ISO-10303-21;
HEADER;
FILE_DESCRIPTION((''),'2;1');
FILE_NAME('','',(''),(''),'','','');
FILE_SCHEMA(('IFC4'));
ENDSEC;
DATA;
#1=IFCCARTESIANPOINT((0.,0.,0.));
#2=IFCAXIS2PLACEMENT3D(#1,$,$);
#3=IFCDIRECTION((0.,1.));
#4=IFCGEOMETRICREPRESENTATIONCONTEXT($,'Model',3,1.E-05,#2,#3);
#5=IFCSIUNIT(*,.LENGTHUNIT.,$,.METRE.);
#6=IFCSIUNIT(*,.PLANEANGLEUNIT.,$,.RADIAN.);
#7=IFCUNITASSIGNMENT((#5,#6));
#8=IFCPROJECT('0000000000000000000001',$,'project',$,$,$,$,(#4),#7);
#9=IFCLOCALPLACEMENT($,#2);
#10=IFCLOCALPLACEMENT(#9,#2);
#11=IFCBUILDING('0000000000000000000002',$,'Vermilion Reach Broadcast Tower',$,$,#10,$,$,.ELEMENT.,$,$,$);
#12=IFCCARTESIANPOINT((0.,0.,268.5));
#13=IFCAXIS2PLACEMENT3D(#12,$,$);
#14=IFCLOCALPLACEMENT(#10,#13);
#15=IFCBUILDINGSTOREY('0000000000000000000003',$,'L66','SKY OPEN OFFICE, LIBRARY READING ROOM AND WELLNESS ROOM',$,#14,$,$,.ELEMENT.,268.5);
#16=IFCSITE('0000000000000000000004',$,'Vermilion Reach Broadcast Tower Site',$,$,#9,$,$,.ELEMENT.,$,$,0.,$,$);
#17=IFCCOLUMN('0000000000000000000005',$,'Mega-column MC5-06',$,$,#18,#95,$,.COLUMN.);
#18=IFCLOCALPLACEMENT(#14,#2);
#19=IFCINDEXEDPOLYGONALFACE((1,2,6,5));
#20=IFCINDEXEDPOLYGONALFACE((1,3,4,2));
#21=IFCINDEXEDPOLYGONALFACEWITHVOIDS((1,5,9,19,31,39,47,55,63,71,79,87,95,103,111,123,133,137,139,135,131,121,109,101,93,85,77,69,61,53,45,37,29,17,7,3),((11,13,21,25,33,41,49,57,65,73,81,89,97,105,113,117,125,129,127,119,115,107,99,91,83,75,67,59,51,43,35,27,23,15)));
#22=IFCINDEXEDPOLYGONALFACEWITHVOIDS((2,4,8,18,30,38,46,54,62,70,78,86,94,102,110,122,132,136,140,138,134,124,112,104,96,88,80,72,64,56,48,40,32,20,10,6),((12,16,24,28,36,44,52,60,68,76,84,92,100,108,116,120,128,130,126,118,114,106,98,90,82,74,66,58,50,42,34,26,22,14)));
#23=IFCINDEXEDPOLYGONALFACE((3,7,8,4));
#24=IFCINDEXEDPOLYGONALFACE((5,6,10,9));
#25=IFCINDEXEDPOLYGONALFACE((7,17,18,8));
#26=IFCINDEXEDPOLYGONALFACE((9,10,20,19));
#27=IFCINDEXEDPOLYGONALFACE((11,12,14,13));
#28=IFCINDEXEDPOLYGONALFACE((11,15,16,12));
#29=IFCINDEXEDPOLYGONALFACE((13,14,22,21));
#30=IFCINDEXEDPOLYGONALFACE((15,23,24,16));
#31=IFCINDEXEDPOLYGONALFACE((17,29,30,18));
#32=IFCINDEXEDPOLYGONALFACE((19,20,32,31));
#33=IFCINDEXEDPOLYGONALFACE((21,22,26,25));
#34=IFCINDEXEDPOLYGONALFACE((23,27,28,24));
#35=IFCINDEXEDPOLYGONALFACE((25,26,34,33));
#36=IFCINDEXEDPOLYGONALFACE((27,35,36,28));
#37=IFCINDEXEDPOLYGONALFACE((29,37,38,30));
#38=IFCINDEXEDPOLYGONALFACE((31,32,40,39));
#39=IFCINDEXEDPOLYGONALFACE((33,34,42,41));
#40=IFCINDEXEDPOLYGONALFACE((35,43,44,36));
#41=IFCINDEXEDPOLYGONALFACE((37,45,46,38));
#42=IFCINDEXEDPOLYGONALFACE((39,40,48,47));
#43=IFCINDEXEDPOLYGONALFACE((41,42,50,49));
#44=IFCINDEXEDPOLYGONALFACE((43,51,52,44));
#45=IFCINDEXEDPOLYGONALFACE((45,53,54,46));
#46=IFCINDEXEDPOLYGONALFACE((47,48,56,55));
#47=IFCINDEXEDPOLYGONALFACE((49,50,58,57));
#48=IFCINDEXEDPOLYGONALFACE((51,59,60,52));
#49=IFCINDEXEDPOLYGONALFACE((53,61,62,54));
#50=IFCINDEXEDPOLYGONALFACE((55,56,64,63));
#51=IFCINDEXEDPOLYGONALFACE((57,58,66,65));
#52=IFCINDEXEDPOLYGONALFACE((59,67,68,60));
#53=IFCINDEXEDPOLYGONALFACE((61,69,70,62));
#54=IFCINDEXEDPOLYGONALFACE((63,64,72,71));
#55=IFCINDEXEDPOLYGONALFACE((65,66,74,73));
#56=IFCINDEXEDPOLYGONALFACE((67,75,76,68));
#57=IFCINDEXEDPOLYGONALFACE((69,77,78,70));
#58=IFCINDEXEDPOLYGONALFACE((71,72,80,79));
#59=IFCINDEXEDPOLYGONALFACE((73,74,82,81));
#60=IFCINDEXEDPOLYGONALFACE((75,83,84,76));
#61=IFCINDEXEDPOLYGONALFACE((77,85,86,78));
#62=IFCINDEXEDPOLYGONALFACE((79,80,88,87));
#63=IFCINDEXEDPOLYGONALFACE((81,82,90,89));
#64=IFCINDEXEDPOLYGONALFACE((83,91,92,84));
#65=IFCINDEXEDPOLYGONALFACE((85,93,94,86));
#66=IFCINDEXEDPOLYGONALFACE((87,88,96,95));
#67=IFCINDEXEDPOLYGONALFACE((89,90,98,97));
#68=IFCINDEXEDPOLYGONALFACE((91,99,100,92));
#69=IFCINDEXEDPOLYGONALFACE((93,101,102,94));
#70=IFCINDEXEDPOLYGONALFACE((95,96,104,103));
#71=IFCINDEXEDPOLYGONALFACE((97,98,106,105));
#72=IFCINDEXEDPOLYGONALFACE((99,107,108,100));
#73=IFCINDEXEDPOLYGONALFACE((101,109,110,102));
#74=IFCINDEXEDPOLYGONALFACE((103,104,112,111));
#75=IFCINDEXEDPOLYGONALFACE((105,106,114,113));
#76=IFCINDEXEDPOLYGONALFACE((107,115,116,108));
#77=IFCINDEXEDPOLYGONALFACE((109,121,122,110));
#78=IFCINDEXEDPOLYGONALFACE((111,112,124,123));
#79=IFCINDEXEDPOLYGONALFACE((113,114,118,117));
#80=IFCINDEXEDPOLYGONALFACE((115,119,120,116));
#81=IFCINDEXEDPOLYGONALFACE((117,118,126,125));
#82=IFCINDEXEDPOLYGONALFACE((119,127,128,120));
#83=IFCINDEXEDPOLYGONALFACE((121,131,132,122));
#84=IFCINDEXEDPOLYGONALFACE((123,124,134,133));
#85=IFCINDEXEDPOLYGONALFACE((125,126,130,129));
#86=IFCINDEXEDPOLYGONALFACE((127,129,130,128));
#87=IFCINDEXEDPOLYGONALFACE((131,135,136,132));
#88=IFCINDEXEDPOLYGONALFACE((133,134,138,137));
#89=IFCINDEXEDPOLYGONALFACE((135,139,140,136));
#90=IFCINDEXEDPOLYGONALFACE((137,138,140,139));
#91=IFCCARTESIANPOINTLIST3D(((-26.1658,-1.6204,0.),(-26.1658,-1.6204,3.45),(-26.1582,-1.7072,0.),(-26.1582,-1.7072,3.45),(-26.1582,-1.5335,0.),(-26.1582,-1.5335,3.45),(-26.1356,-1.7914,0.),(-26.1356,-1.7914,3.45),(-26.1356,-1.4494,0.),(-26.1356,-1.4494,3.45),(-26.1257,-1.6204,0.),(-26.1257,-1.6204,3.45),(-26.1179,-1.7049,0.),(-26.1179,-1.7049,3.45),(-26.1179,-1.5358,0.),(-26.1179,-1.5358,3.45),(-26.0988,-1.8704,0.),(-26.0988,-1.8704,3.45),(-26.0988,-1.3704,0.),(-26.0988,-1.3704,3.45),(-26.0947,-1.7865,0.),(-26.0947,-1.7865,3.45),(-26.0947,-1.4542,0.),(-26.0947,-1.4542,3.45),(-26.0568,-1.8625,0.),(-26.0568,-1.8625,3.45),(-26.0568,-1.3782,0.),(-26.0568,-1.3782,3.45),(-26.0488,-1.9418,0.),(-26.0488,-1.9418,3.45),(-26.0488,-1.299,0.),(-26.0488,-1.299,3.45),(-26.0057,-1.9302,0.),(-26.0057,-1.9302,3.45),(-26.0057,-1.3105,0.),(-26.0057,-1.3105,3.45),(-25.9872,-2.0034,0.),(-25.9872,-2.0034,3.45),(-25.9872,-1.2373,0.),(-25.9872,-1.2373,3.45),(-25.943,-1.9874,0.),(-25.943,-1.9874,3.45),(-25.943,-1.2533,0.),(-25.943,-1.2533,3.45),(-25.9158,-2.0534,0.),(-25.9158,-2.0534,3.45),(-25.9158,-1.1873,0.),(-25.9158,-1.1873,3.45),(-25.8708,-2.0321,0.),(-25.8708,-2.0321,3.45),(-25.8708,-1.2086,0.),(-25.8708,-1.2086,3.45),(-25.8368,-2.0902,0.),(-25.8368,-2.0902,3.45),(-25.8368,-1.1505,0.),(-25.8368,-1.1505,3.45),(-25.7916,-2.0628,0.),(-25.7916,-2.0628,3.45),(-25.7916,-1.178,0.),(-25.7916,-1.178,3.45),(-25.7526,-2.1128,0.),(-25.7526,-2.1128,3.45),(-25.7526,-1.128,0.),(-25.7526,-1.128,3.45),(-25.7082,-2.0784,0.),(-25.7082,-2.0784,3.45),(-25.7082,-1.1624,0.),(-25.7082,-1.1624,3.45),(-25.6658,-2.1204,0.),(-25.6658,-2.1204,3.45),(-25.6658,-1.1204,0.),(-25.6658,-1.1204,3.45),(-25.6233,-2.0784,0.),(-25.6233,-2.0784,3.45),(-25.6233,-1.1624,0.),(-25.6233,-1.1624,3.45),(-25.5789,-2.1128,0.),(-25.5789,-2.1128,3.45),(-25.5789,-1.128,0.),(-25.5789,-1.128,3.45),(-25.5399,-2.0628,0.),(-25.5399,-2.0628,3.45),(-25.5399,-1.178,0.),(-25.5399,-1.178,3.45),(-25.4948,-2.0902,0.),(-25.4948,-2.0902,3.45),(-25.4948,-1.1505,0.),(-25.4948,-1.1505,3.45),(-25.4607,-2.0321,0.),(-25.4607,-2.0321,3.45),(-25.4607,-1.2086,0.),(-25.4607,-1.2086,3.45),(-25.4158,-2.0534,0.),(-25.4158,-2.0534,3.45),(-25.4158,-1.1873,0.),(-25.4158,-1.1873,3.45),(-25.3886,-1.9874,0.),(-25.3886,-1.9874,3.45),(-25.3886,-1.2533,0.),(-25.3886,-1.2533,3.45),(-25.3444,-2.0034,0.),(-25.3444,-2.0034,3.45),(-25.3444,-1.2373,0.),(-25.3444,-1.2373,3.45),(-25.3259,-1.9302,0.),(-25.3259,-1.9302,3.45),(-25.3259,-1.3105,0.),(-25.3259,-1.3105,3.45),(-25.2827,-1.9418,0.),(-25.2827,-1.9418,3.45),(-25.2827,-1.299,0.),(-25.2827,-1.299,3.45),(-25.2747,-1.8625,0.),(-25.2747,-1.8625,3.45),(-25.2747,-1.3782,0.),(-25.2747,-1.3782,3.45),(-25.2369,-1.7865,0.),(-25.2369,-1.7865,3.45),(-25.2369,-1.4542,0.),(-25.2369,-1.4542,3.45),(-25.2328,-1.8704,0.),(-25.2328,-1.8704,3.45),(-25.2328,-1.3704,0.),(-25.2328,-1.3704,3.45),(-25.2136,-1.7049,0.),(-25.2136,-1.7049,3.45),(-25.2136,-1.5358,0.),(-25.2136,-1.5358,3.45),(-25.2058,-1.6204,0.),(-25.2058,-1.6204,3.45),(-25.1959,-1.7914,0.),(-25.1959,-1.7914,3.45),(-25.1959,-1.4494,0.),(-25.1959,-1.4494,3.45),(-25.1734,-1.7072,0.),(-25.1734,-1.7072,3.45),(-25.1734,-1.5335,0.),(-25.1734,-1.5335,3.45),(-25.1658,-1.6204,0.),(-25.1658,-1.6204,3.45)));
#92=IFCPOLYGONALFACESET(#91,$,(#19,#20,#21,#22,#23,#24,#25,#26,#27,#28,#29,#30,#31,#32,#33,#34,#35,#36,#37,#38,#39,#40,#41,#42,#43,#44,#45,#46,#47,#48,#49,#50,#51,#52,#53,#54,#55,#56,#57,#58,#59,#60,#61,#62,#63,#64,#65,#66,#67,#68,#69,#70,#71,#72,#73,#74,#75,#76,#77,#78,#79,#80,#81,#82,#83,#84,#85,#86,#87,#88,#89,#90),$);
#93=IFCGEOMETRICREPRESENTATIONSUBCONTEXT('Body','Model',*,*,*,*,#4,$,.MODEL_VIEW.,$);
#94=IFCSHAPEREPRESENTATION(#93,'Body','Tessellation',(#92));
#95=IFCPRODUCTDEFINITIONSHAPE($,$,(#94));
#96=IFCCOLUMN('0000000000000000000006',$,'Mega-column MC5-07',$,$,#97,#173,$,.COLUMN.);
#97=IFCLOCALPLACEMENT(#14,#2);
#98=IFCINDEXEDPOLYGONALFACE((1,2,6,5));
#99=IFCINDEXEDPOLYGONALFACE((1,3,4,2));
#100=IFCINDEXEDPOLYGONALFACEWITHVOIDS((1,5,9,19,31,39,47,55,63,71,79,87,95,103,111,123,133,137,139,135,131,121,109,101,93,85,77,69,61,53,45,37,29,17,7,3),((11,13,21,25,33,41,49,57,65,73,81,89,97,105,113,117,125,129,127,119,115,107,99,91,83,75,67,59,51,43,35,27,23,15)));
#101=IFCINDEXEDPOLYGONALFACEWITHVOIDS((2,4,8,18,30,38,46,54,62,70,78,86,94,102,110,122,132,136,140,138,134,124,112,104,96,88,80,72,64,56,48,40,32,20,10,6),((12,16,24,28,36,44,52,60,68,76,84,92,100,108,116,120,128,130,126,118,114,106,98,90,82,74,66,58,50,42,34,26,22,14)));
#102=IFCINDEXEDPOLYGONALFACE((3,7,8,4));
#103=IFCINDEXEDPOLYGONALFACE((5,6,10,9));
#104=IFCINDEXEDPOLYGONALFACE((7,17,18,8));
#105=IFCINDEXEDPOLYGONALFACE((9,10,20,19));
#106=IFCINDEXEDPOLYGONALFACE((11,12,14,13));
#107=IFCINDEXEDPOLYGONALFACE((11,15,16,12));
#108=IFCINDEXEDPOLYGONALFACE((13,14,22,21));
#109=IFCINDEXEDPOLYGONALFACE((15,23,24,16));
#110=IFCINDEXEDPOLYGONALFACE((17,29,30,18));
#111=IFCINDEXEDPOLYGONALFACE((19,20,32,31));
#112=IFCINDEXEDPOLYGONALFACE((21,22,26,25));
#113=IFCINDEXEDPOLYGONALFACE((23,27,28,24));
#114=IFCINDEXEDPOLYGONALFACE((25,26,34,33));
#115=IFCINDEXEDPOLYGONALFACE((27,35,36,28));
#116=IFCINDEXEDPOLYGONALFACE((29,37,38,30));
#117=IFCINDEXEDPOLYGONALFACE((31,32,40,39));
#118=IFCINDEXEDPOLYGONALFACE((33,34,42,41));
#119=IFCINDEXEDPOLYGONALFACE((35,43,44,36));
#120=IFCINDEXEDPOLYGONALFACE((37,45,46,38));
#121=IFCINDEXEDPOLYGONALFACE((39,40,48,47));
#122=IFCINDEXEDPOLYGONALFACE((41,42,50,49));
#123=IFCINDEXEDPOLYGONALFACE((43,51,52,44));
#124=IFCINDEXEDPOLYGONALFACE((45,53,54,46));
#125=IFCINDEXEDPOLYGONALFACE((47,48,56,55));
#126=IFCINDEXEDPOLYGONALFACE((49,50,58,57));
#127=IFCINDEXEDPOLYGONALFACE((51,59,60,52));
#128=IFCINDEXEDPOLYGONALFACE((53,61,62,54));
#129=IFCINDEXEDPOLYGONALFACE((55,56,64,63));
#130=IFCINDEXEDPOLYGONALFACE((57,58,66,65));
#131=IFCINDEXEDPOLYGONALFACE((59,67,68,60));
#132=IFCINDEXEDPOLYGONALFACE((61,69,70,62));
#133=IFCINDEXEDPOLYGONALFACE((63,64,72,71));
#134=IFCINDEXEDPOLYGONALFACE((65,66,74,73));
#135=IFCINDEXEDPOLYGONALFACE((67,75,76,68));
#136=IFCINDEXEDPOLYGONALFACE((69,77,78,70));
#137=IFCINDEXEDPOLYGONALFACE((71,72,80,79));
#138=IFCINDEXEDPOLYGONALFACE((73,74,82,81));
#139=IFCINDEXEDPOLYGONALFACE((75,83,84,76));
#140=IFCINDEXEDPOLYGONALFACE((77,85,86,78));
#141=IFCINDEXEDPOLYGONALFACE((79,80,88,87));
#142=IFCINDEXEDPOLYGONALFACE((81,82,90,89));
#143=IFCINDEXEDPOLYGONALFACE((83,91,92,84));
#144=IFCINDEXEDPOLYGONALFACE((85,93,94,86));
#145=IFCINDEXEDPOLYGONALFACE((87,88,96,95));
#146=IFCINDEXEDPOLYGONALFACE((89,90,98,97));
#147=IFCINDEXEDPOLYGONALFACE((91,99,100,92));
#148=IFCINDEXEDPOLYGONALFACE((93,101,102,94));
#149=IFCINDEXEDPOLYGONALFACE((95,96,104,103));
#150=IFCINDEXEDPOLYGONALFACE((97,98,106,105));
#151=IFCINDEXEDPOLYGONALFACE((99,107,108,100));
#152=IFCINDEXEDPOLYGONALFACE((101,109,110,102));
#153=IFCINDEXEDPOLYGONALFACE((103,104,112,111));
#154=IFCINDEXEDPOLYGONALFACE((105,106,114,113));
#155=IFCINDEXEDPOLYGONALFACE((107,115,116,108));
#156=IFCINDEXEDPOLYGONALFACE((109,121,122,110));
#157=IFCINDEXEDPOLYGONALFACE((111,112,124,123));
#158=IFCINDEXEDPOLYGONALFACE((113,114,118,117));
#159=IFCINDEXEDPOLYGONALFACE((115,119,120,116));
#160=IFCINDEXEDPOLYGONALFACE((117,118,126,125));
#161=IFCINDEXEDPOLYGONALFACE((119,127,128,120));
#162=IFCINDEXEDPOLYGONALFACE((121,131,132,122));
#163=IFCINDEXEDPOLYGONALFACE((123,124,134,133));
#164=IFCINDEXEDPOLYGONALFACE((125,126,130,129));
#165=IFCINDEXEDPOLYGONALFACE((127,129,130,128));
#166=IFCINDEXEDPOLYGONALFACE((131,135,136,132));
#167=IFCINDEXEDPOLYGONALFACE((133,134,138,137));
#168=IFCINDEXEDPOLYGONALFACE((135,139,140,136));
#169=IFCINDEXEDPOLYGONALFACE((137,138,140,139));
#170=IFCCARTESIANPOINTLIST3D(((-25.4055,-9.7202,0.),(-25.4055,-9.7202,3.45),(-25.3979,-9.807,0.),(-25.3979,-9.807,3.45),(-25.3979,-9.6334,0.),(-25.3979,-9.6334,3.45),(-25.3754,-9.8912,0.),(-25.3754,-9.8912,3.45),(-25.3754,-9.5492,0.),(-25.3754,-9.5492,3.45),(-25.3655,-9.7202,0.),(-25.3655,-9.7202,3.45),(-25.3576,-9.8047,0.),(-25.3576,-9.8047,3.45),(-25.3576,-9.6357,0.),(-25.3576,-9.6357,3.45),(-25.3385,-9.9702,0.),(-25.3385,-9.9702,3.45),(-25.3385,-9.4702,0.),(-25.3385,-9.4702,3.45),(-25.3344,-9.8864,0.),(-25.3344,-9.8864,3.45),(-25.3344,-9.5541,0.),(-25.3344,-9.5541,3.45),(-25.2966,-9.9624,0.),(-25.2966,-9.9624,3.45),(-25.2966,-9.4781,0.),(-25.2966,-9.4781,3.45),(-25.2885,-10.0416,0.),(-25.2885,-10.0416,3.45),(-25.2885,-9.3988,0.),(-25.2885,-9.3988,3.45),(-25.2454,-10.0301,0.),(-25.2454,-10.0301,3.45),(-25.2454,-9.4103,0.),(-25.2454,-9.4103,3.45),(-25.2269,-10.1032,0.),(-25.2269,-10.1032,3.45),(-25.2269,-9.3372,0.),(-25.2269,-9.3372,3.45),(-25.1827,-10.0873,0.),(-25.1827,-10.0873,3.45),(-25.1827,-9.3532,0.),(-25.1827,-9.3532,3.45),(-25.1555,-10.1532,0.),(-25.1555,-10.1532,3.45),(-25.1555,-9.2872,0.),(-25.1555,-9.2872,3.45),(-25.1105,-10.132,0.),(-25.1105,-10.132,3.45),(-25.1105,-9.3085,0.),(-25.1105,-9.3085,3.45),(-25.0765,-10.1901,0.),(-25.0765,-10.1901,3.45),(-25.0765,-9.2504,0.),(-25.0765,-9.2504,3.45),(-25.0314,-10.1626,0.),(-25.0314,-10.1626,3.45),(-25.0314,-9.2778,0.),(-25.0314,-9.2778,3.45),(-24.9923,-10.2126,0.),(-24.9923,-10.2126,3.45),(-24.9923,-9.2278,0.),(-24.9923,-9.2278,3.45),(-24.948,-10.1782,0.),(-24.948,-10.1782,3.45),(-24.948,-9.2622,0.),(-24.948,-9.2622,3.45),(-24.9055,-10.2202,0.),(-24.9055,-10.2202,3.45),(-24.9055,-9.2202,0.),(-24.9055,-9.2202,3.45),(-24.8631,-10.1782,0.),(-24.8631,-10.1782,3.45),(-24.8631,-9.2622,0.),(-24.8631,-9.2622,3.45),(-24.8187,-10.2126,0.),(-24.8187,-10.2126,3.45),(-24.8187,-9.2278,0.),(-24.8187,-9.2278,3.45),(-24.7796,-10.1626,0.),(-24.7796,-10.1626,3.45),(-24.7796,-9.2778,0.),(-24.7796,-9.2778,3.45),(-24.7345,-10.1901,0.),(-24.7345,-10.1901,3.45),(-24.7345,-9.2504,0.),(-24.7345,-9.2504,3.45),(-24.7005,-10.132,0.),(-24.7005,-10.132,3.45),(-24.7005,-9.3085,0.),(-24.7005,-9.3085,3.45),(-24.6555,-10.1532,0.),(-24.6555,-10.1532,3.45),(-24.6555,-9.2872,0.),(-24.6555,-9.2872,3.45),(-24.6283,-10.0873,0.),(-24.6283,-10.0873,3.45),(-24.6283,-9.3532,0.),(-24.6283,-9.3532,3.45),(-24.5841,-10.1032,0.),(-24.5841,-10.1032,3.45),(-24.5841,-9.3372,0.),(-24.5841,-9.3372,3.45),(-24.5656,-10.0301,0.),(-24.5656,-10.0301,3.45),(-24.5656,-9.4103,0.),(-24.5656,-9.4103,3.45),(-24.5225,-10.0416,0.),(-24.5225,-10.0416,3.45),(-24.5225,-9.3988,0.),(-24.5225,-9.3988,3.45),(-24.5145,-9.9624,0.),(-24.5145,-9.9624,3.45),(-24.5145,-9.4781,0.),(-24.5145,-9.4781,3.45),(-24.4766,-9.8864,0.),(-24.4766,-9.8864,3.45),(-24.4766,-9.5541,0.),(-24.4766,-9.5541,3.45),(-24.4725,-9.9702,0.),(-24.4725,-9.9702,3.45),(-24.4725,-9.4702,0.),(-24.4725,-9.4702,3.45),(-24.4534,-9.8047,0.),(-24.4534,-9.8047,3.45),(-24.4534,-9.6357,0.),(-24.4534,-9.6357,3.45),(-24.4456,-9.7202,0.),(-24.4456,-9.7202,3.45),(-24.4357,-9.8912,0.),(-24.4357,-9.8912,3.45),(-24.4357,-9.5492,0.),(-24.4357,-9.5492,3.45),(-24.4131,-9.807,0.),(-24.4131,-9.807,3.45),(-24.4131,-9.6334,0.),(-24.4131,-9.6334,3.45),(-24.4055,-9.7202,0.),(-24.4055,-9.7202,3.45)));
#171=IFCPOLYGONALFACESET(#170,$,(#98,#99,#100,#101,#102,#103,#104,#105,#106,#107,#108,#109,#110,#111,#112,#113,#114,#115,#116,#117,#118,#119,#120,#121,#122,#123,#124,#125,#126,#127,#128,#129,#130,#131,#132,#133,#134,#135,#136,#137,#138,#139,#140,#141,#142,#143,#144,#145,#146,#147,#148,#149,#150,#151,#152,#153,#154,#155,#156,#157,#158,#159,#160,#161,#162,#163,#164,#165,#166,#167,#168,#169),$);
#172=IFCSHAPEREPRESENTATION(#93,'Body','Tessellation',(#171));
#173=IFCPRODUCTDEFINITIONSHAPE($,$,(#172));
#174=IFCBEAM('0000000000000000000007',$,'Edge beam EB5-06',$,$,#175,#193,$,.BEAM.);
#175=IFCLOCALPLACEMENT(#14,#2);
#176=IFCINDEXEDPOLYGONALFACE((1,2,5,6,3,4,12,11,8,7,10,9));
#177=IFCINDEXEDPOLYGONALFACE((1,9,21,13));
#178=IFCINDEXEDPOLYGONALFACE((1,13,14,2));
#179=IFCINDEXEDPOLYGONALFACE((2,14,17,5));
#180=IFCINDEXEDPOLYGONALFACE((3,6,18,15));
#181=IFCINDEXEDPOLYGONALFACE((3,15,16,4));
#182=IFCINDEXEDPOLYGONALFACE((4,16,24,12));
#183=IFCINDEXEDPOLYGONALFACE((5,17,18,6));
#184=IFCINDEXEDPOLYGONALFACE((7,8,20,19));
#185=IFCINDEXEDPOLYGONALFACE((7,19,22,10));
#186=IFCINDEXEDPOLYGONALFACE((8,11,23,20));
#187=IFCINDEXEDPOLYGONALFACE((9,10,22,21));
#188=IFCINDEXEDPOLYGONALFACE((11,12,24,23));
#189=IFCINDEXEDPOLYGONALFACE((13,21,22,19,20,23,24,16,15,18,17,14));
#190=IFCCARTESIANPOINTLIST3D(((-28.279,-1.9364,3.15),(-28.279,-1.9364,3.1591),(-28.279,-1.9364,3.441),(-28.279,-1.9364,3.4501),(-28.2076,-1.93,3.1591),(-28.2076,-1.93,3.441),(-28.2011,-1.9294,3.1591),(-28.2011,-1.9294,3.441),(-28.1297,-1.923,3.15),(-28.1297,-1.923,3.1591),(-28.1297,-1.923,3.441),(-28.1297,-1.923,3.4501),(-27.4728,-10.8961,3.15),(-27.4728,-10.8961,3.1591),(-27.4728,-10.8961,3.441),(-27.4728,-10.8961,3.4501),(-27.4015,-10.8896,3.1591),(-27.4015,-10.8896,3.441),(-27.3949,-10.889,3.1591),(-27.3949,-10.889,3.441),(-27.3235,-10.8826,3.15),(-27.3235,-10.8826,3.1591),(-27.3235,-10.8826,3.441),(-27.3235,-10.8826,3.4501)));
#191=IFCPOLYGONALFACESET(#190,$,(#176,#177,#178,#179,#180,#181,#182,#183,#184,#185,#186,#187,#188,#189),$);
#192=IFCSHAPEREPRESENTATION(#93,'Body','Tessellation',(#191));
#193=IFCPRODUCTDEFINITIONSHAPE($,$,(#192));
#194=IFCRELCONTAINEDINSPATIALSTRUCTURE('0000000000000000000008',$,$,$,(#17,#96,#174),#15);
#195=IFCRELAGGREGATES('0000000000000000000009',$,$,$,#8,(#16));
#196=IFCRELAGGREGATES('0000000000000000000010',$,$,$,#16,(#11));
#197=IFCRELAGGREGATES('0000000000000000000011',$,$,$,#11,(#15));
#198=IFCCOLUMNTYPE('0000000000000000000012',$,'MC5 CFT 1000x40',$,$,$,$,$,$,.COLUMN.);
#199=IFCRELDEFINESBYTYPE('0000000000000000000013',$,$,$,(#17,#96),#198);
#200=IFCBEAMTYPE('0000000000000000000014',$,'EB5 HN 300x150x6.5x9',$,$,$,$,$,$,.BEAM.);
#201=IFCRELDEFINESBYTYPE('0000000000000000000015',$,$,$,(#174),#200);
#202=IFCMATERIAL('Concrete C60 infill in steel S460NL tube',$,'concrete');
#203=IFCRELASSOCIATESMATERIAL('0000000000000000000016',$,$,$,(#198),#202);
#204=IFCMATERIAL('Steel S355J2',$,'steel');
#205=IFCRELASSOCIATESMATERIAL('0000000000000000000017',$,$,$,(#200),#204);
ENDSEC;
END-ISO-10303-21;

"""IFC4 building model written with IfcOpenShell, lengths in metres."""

from ifc_helpers import new_model, si_unit, direction, frame, origin, origin_2d, place, context, subcontext, project, spatial, hollow_circle, i_section, extrude, material, material_profile, profile_set, type_object, element, save


model = new_model("IFC4")

# Units and contexts
model_context = context("Model", 3, precision=1e-05, world=origin(), true_north=direction((0.0, 1.0)))
body_context = subcontext(model_context, "Body", "Model", "MODEL_VIEW")
ifc_project = project(units=[si_unit("LENGTHUNIT", "METRE"), si_unit("PLANEANGLEUNIT", "RADIAN")], contexts=[model_context])

# Site, building, storey
site_placement = place(None, origin())
site = spatial("IfcSite", under=ifc_project, at=site_placement, Name="Vermilion Reach Broadcast Tower Site", CompositionType="ELEMENT", RefElevation=0.0)
building_placement = place(site_placement, origin())
building = spatial("IfcBuilding", under=site, at=building_placement, Name="Vermilion Reach Broadcast Tower", CompositionType="ELEMENT")
storey_placement = place(building_placement, frame((0.0, 0.0, 268.5)))
storey = spatial("IfcBuildingStorey", under=building, at=storey_placement, Name="L66", Description="SKY OPEN OFFICE, LIBRARY READING ROOM AND WELLNESS ROOM", CompositionType="ELEMENT", Elevation=268.5)

# Columns
ifc_material_1 = material(Name="Concrete C60 infill in steel S460NL tube", Category="concrete")
ifc_material_profile_1 = material_profile(ifc_material_1, hollow_circle(Radius=0.5, WallThickness=0.04, at=origin_2d()), Name="Concrete C60 infill in steel S460NL tube CFT 1000x40")
ifc_profile_set_1 = profile_set([ifc_material_profile_1], Name="Concrete C60 infill in steel S460NL tube")
column_type = type_object("IfcColumnType", Name="MC5 CFT 1000x40", PredefinedType="COLUMN", material=ifc_profile_set_1)
for number, where, z_axis, x_axis, name in (
    (1, (-25.6658, -1.6204, 0.0), (0.0, 0.0, 1.0), (1.0, 0.0, 0.0), "Mega-column MC5-06"),
    (2, (-24.9055, -9.7202, 0.0), (0.0, 0.0, 1.0), (1.0, 0.0, 0.0), "Mega-column MC5-07"),
):
    element("IfcColumn", number, at=place(storey_placement, frame(where, z_axis=z_axis, x_axis=x_axis)), inside=storey, type_object=column_type, Name=name, PredefinedType="COLUMN", context=body_context, shape_type="SweptSolid", body=[
        extrude(hollow_circle(Radius=0.5, WallThickness=0.04, at=origin_2d()), origin(), (0.0, 0.0, 1.0), 3.45),
    ])

# Beam
ifc_material_2 = material(Name="Steel S355J2", Category="steel")
ifc_material_profile_2 = material_profile(ifc_material_2, i_section(OverallWidth=0.1499, OverallDepth=0.3, WebThickness=0.0066, FlangeThickness=0.009, at=origin_2d()), Name="S355J2 HN 300x150x6.5x9")
ifc_profile_set_2 = profile_set([ifc_material_profile_2], Name="Steel S355J2")
beam_type_1 = type_object("IfcBeamType", Name="EB5 HN 300x150x6.5x9", PredefinedType="BEAM", material=ifc_profile_set_2)
beam_1_placement = place(storey_placement, frame((-28.2043, -1.9297, 3.3), z_axis=(0.089613, -0.995977, 0.0), x_axis=(0.995977, 0.089613, 0.0)))
element("IfcBeam", 3, at=beam_1_placement, inside=storey, type_object=beam_type_1, Name="Edge beam EB5-06", PredefinedType="BEAM", context=body_context, shape_type="SweptSolid", body=[
    extrude(i_section(OverallWidth=0.1499, OverallDepth=0.3, WebThickness=0.0066, FlangeThickness=0.009, at=origin_2d()), origin(), (0.0, 0.0, 1.0), 8.9958),
])

save(model, "model.ifc")
